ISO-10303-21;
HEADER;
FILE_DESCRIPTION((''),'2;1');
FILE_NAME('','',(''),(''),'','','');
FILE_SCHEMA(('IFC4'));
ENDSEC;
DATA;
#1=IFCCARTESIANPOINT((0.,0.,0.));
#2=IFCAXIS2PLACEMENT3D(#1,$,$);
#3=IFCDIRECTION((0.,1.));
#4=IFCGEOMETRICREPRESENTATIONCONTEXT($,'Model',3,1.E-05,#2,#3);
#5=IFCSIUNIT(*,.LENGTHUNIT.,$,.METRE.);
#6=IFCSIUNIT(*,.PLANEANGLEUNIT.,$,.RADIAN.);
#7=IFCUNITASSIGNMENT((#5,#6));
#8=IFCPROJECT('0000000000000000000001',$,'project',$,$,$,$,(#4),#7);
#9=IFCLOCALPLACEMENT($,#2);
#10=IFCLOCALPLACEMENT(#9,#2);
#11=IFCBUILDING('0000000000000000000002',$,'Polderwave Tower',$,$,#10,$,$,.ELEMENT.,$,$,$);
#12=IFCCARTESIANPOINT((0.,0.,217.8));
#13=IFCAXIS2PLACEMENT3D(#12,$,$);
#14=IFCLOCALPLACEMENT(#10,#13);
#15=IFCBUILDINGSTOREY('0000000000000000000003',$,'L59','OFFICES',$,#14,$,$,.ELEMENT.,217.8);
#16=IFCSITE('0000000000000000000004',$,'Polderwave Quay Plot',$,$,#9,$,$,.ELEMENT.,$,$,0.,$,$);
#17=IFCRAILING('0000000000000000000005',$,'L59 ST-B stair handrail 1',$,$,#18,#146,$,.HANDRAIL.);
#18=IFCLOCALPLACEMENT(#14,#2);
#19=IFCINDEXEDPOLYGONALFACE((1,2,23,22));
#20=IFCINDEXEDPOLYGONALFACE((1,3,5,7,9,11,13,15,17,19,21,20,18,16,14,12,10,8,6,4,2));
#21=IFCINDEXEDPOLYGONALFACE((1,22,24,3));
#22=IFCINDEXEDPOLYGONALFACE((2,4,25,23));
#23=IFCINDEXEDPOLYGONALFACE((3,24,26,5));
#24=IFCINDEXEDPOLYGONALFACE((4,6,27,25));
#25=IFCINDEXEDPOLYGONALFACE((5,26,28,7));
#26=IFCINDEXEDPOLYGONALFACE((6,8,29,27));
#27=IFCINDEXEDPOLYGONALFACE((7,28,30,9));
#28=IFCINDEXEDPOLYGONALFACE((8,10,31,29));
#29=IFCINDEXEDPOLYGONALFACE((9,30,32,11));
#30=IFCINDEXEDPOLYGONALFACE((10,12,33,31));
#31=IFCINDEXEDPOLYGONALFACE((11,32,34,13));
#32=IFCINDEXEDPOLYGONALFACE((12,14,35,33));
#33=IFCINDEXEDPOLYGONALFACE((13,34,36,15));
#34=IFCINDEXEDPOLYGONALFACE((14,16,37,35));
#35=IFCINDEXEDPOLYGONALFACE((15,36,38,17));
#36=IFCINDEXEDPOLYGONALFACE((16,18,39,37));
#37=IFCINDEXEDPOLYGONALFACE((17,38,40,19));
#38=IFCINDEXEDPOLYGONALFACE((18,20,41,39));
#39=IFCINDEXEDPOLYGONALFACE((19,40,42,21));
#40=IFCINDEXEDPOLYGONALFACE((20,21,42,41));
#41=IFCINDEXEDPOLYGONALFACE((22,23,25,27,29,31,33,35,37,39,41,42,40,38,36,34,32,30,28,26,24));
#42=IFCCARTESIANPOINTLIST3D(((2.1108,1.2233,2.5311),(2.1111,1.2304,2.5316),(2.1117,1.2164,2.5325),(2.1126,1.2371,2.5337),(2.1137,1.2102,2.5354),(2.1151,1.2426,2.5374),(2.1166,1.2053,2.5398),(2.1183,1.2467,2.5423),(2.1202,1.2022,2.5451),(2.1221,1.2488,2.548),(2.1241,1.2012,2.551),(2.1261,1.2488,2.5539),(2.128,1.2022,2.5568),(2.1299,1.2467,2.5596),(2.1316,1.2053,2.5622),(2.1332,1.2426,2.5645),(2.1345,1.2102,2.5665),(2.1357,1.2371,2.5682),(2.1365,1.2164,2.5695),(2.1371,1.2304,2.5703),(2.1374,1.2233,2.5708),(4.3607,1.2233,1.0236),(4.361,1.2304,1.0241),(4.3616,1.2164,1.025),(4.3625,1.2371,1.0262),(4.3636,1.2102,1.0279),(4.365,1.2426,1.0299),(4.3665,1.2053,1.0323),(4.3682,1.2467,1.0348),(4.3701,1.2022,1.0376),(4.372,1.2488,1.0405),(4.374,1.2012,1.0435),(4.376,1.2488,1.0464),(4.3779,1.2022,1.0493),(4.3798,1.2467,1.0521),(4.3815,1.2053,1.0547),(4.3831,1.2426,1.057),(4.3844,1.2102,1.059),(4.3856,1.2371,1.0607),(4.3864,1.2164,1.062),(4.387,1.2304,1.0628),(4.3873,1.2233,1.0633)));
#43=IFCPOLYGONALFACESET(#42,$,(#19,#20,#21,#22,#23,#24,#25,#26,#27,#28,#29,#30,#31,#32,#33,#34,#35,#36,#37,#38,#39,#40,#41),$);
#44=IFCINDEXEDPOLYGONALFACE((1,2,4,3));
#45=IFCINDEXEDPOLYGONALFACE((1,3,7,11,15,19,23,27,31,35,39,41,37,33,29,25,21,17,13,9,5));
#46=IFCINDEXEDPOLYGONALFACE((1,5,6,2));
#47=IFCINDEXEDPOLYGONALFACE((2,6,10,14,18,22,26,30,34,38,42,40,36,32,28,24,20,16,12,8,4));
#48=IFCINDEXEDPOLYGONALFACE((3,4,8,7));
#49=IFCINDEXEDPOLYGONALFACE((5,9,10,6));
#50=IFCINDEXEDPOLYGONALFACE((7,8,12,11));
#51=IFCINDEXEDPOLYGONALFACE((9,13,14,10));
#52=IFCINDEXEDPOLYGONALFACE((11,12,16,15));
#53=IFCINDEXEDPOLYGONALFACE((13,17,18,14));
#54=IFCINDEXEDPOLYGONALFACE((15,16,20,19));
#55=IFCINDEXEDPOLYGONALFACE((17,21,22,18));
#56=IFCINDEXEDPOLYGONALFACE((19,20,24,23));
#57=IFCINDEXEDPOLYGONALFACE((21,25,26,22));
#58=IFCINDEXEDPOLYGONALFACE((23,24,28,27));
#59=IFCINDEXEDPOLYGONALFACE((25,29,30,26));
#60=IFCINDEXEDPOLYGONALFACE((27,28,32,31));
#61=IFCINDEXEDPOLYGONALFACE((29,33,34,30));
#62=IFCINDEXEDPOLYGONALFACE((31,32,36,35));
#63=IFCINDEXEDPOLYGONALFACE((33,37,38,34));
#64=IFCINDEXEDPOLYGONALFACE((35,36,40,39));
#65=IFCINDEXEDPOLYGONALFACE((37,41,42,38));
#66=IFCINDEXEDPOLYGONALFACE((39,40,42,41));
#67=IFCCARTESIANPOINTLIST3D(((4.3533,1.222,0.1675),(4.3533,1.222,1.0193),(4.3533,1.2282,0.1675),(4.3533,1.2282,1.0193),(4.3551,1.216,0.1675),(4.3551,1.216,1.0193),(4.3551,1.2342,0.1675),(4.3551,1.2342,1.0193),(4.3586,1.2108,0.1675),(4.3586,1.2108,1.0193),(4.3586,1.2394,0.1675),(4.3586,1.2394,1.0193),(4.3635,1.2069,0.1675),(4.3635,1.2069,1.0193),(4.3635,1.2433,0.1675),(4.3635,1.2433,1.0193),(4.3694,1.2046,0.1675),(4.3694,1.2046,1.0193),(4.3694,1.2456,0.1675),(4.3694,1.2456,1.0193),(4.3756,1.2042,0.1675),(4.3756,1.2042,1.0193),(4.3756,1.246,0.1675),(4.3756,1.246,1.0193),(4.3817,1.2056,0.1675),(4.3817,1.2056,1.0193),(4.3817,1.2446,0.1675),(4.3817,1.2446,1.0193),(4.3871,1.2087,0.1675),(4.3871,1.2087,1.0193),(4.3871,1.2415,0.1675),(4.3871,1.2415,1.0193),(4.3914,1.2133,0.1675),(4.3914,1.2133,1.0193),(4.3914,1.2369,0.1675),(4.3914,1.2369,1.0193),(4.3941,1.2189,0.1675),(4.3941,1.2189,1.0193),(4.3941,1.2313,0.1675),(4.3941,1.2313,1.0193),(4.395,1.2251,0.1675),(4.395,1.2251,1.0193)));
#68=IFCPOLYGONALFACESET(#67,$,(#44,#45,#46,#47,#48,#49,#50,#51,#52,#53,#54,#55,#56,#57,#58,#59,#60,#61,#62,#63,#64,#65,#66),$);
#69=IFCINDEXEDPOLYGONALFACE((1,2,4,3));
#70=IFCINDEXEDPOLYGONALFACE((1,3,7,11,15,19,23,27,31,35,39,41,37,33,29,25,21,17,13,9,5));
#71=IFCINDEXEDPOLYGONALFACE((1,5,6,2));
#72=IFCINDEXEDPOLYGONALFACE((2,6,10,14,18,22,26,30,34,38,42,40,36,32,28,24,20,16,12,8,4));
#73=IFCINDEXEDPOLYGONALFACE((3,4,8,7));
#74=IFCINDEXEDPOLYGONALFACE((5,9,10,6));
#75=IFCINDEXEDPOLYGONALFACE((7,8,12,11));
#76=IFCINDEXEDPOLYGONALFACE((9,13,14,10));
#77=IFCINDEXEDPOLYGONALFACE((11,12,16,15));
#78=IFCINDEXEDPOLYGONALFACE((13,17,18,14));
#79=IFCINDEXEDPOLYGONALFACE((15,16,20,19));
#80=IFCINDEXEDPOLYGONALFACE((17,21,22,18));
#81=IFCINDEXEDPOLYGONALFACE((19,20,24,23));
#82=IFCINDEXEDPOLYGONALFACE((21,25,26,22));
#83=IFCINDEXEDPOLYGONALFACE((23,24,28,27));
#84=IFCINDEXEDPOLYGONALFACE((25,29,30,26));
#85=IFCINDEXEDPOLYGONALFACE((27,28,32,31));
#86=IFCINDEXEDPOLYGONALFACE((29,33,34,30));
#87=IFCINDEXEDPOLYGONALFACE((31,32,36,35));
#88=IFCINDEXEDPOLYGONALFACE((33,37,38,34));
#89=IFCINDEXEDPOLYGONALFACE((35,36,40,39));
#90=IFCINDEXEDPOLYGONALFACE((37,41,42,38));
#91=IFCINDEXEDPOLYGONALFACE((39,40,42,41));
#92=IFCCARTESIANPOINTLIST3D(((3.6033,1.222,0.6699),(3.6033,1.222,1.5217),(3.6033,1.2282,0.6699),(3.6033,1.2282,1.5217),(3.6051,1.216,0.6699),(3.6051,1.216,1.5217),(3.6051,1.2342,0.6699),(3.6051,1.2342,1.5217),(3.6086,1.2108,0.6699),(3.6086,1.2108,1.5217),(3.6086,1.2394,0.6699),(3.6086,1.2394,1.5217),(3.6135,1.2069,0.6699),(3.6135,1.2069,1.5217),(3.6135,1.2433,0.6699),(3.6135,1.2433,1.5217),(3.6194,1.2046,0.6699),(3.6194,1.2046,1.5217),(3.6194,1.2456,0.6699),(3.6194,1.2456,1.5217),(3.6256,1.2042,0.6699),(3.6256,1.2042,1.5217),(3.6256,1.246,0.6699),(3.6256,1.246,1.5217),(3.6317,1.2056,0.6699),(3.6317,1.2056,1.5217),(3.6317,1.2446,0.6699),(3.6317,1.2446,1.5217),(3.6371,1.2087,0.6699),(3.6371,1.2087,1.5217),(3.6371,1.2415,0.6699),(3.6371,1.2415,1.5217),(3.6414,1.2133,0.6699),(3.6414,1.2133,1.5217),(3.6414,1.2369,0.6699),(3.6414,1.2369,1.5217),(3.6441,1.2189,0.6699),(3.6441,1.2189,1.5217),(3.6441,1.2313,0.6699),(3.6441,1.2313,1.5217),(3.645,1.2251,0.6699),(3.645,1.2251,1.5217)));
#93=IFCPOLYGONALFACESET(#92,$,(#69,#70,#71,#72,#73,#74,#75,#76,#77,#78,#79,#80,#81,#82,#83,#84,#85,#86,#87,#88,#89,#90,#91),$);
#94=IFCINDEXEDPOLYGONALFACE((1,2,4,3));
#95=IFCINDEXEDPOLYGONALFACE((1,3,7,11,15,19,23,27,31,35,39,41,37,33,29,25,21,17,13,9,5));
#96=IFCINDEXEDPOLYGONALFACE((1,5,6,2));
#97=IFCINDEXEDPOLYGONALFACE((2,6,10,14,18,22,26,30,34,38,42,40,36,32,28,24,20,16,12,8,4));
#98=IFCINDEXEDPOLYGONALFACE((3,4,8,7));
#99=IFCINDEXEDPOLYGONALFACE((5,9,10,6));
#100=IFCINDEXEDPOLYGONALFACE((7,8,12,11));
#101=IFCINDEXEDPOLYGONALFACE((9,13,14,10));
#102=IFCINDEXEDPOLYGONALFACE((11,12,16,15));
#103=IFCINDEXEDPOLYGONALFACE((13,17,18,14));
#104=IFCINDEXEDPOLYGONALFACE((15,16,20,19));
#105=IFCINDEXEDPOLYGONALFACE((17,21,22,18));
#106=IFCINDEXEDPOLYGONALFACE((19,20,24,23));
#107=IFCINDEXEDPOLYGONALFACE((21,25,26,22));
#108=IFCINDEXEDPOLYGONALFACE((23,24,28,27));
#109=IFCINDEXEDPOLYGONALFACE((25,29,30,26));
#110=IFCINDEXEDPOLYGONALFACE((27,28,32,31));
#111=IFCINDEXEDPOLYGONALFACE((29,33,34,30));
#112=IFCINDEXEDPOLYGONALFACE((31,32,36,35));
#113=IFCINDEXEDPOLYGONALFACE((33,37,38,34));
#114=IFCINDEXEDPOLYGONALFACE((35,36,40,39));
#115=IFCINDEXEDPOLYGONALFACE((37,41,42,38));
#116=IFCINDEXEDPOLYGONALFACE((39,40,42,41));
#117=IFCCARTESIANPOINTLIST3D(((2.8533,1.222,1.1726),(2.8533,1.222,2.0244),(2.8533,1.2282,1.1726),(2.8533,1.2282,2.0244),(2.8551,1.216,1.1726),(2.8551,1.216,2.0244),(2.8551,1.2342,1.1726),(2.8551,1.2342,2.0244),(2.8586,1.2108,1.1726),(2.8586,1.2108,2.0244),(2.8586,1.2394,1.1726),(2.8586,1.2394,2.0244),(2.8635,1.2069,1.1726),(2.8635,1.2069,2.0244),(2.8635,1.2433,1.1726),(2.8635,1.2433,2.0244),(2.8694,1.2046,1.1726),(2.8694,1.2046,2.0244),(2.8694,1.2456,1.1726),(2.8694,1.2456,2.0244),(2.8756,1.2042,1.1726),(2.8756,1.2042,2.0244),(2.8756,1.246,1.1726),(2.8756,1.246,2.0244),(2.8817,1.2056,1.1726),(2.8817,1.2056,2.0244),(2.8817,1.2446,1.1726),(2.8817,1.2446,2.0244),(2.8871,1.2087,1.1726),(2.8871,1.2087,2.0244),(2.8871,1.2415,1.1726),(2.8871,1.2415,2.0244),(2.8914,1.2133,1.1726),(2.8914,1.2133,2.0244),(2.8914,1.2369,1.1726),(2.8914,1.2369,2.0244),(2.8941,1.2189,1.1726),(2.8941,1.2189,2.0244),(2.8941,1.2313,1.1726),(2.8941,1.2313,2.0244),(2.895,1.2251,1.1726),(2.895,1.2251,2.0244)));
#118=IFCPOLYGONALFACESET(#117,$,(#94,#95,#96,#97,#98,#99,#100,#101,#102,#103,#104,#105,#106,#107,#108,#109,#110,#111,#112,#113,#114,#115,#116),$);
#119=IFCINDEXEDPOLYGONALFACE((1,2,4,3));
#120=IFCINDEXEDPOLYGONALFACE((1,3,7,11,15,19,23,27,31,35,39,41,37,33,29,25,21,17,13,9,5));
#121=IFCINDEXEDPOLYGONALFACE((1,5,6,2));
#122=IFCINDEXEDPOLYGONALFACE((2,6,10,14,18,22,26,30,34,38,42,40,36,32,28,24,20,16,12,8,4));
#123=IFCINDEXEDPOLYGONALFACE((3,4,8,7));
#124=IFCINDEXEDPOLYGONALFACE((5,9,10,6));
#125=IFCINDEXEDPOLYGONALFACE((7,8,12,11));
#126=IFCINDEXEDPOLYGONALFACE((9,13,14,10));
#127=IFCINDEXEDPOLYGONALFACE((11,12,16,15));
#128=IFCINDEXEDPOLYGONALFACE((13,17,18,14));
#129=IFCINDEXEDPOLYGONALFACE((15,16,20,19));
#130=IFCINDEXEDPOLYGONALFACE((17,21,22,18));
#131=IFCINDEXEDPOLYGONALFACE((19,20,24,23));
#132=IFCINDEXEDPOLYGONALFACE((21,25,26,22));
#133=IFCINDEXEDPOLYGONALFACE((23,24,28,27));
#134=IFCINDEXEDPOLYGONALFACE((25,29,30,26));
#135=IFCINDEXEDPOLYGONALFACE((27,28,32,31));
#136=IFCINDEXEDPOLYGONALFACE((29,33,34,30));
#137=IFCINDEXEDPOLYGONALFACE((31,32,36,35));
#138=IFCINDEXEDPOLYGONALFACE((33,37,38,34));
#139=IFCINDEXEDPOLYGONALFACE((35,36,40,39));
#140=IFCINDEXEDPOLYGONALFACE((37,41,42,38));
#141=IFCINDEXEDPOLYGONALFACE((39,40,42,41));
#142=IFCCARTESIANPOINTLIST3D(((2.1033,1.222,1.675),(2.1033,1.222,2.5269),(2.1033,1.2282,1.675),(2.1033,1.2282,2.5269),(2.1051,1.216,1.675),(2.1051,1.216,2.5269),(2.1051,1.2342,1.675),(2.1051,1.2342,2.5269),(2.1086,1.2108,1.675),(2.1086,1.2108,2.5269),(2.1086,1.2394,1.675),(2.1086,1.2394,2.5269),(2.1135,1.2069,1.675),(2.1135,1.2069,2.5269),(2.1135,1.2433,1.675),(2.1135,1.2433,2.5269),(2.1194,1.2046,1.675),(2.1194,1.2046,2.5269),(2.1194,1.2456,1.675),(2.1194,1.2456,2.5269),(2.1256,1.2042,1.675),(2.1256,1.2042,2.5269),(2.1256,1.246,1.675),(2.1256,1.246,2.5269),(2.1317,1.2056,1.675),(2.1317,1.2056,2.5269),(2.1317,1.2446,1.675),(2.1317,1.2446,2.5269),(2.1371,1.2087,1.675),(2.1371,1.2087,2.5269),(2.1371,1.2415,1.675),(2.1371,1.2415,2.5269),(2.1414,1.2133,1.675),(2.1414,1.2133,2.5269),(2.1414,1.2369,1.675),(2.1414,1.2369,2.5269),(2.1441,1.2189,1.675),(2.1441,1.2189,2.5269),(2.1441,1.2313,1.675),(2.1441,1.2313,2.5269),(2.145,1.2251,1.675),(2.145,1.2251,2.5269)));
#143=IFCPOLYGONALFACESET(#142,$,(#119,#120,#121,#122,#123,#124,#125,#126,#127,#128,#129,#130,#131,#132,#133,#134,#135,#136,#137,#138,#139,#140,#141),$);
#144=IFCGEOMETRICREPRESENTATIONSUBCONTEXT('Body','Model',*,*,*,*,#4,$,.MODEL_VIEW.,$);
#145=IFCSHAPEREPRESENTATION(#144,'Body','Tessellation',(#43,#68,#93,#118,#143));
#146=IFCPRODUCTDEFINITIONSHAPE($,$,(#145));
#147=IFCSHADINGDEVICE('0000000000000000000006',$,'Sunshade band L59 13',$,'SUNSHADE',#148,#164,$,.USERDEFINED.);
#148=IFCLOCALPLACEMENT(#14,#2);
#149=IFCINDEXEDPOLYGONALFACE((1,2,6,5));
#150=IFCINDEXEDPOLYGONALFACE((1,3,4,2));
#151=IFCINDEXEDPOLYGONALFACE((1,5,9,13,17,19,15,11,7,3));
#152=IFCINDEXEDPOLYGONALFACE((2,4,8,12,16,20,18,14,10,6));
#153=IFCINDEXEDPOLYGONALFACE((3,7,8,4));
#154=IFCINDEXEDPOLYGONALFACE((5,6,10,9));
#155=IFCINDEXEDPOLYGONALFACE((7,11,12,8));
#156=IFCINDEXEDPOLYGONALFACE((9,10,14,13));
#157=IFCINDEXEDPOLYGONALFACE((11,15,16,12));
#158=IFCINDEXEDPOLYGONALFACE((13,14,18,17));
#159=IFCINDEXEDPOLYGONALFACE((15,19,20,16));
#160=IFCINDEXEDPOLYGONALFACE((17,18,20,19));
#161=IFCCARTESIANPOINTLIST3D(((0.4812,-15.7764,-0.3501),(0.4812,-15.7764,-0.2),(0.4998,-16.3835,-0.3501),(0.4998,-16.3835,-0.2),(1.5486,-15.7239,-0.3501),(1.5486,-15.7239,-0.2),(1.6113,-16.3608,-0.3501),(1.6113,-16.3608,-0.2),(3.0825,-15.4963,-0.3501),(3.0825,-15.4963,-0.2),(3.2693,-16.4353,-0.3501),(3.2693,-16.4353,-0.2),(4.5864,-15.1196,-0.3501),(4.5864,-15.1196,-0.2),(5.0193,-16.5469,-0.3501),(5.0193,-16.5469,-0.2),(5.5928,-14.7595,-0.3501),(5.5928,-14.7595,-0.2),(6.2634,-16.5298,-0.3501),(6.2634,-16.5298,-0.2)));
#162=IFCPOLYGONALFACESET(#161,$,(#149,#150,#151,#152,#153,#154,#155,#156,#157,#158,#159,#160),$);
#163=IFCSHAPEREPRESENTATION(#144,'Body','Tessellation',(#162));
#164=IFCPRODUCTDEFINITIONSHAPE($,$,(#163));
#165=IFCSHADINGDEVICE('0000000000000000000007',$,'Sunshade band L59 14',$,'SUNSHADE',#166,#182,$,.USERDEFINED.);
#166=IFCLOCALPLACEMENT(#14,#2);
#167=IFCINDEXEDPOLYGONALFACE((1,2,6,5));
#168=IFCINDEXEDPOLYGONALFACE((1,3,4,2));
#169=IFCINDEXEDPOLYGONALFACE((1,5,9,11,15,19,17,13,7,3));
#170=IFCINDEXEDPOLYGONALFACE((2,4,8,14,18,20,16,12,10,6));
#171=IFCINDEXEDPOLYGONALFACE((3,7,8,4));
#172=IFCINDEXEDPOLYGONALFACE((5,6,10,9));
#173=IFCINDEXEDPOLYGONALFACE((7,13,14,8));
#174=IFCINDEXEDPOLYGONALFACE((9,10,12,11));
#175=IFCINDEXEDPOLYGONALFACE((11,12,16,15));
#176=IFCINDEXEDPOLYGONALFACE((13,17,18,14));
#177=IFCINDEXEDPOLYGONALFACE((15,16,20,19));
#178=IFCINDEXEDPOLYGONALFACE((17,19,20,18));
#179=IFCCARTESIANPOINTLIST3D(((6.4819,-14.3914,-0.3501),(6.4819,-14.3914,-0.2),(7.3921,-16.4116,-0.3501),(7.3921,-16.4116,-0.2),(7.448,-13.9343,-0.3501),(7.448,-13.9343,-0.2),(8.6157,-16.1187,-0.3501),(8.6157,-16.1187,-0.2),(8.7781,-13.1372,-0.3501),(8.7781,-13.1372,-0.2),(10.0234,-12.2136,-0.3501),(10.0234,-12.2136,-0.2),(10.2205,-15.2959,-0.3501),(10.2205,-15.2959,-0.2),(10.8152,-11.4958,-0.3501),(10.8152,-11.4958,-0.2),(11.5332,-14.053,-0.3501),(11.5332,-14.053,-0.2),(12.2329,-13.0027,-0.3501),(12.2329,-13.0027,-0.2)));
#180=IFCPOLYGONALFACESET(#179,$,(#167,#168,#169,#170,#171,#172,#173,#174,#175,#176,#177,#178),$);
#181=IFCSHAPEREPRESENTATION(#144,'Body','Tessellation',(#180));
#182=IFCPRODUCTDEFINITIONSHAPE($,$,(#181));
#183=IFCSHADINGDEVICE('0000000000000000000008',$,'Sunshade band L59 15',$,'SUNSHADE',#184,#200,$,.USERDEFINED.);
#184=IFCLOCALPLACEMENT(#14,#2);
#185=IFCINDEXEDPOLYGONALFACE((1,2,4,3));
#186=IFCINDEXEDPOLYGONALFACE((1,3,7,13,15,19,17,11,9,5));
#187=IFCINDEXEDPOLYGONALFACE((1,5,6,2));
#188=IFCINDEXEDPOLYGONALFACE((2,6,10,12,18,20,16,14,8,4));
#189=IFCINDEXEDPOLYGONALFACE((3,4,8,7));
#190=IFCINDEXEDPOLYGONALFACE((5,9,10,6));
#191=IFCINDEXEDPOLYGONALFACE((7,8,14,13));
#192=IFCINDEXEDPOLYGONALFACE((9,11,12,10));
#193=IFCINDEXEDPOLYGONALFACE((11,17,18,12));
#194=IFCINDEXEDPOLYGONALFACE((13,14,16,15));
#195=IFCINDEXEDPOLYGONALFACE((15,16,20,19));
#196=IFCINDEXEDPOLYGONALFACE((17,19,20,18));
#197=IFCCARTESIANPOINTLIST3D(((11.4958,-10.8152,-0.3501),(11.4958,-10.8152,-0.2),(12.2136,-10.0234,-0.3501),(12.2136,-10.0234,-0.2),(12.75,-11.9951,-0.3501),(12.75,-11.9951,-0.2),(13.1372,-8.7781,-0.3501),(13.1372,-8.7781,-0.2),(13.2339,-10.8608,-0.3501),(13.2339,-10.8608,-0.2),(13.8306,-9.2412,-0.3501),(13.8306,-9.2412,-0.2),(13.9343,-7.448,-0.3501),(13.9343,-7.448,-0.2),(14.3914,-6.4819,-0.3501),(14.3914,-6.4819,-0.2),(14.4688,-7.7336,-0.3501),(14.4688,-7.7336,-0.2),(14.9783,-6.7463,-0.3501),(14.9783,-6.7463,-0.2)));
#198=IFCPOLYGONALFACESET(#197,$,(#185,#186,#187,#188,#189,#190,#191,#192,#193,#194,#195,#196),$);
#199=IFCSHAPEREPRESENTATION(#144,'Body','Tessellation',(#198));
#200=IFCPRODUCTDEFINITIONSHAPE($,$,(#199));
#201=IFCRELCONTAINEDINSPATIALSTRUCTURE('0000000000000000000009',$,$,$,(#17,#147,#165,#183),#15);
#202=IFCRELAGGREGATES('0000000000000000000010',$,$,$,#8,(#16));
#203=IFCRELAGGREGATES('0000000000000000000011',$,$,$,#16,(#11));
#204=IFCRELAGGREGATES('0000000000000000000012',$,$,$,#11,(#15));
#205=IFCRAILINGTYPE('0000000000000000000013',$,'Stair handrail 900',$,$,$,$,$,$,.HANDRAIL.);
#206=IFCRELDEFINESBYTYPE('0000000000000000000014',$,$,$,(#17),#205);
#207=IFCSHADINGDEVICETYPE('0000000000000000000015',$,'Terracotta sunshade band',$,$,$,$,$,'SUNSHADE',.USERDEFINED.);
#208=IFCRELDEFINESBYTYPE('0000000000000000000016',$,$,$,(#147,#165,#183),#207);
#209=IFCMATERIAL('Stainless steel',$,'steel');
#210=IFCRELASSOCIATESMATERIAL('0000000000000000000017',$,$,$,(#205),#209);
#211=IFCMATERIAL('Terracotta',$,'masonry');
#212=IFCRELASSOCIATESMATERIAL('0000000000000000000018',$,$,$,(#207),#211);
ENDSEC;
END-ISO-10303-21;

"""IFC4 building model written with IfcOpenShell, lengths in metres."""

from ifc_helpers import new_model, si_unit, direction, frame, origin, origin_2d, place, context, subcontext, project, spatial, polyline, circle, outline, extrude, material, type_object, element, save


model = new_model("IFC4")

# Units and contexts
model_context = context("Model", 3, precision=1e-05, world=origin(), true_north=direction((0.0, 1.0)))
body_context = subcontext(model_context, "Body", "Model", "MODEL_VIEW")
ifc_project = project(units=[si_unit("LENGTHUNIT", "METRE"), si_unit("PLANEANGLEUNIT", "RADIAN")], contexts=[model_context])

# Site, building, storey
site_placement = place(None, origin())
site = spatial("IfcSite", under=ifc_project, at=site_placement, Name="Polderwave Quay Plot", CompositionType="ELEMENT", RefElevation=0.0)
building_placement = place(site_placement, origin())
building = spatial("IfcBuilding", under=site, at=building_placement, Name="Polderwave Tower", CompositionType="ELEMENT")
storey_placement = place(building_placement, frame((0.0, 0.0, 217.8)))
storey = spatial("IfcBuildingStorey", under=building, at=storey_placement, Name="L59", Description="OFFICES", CompositionType="ELEMENT", Elevation=217.8)

# Railing
ifc_material_1 = material(Name="Stainless steel", Category="steel")
railing_type_1 = type_object("IfcRailingType", Name="Stair handrail 900", PredefinedType="HANDRAIL", material=ifc_material_1)
railing_1_placement = place(storey_placement, frame((4.374, 1.2251, 0.1675)))
element("IfcRailing", 1, at=railing_1_placement, inside=storey, type_object=railing_type_1, Name="L59 ST-B stair handrail 1", PredefinedType="HANDRAIL", context=body_context, shape_type="SweptSolid", body=[
    extrude(circle(Radius=0.0239, at=origin_2d()), frame((0.0, 0.0, 0.876), z_axis=(-0.830758, 0.0, 0.556633), x_axis=(0.0, -1.0, 0.0)), (0.0, 0.0, 1.0), 2.7083),
    extrude(circle(Radius=0.021, at=origin_2d()), origin(), (0.0, 0.0, 1.0), 0.8518),
    extrude(circle(Radius=0.021, at=origin_2d()), frame((-0.75, 0.0, 0.5024)), (0.0, 0.0, 1.0), 0.8518),
    extrude(circle(Radius=0.021, at=origin_2d()), frame((-1.5, 0.0, 1.0051)), (0.0, 0.0, 1.0), 0.8518),
    extrude(circle(Radius=0.021, at=origin_2d()), frame((-2.25, 0.0, 1.5076)), (0.0, 0.0, 1.0), 0.8518),
])

# Shading devices
ifc_material_2 = material(Name="Terracotta", Category="masonry")
shading_device_type = type_object("IfcShadingDeviceType", Name="Terracotta sunshade band", ElementType="SUNSHADE", PredefinedType="USERDEFINED", material=ifc_material_2)
shading_device_1_placement = place(storey_placement, frame((0.0, 0.0, -0.3501)))
element("IfcShadingDevice", 2, at=shading_device_1_placement, inside=storey, type_object=shading_device_type, Name="Sunshade band L59 13", ObjectType="SUNSHADE", PredefinedType="USERDEFINED", context=body_context, shape_type="SweptSolid", body=[
    extrude(outline(polyline([(0.4812, -15.7764), (1.5486, -15.7239), (3.0825, -15.4963), (4.5864, -15.1196), (5.5928, -14.7595), (6.2634, -16.5298), (5.0193, -16.5469), (3.2693, -16.4353), (1.6113, -16.3608), (0.4998, -16.3835), (0.4812, -15.7764)])), origin(), (0.0, 0.0, 1.0), 0.1501),
])
shading_device_2_placement = place(storey_placement, frame((0.0, 0.0, -0.3501)))
element("IfcShadingDevice", 3, at=shading_device_2_placement, inside=storey, type_object=shading_device_type, Name="Sunshade band L59 14", ObjectType="SUNSHADE", PredefinedType="USERDEFINED", context=body_context, shape_type="SweptSolid", body=[
    extrude(outline(polyline([(6.4819, -14.3914), (7.448, -13.9343), (8.7781, -13.1372), (10.0234, -12.2136), (10.8152, -11.4958), (12.2329, -13.0027), (11.5332, -14.053), (10.2205, -15.2959), (8.6157, -16.1187), (7.3921, -16.4116), (6.4819, -14.3914)])), origin(), (0.0, 0.0, 1.0), 0.1501),
])
shading_device_3_placement = place(storey_placement, frame((0.0, 0.0, -0.3501)))
element("IfcShadingDevice", 4, at=shading_device_3_placement, inside=storey, type_object=shading_device_type, Name="Sunshade band L59 15", ObjectType="SUNSHADE", PredefinedType="USERDEFINED", context=body_context, shape_type="SweptSolid", body=[
    extrude(outline(polyline([(11.4958, -10.8152), (12.2136, -10.0234), (13.1372, -8.7781), (13.9343, -7.448), (14.3914, -6.4819), (14.9783, -6.7463), (14.4688, -7.7336), (13.8306, -9.2412), (13.2339, -10.8608), (12.75, -11.9951), (11.4958, -10.8152)])), origin(), (0.0, 0.0, 1.0), 0.1501),
])

save(model, "model.ifc")
